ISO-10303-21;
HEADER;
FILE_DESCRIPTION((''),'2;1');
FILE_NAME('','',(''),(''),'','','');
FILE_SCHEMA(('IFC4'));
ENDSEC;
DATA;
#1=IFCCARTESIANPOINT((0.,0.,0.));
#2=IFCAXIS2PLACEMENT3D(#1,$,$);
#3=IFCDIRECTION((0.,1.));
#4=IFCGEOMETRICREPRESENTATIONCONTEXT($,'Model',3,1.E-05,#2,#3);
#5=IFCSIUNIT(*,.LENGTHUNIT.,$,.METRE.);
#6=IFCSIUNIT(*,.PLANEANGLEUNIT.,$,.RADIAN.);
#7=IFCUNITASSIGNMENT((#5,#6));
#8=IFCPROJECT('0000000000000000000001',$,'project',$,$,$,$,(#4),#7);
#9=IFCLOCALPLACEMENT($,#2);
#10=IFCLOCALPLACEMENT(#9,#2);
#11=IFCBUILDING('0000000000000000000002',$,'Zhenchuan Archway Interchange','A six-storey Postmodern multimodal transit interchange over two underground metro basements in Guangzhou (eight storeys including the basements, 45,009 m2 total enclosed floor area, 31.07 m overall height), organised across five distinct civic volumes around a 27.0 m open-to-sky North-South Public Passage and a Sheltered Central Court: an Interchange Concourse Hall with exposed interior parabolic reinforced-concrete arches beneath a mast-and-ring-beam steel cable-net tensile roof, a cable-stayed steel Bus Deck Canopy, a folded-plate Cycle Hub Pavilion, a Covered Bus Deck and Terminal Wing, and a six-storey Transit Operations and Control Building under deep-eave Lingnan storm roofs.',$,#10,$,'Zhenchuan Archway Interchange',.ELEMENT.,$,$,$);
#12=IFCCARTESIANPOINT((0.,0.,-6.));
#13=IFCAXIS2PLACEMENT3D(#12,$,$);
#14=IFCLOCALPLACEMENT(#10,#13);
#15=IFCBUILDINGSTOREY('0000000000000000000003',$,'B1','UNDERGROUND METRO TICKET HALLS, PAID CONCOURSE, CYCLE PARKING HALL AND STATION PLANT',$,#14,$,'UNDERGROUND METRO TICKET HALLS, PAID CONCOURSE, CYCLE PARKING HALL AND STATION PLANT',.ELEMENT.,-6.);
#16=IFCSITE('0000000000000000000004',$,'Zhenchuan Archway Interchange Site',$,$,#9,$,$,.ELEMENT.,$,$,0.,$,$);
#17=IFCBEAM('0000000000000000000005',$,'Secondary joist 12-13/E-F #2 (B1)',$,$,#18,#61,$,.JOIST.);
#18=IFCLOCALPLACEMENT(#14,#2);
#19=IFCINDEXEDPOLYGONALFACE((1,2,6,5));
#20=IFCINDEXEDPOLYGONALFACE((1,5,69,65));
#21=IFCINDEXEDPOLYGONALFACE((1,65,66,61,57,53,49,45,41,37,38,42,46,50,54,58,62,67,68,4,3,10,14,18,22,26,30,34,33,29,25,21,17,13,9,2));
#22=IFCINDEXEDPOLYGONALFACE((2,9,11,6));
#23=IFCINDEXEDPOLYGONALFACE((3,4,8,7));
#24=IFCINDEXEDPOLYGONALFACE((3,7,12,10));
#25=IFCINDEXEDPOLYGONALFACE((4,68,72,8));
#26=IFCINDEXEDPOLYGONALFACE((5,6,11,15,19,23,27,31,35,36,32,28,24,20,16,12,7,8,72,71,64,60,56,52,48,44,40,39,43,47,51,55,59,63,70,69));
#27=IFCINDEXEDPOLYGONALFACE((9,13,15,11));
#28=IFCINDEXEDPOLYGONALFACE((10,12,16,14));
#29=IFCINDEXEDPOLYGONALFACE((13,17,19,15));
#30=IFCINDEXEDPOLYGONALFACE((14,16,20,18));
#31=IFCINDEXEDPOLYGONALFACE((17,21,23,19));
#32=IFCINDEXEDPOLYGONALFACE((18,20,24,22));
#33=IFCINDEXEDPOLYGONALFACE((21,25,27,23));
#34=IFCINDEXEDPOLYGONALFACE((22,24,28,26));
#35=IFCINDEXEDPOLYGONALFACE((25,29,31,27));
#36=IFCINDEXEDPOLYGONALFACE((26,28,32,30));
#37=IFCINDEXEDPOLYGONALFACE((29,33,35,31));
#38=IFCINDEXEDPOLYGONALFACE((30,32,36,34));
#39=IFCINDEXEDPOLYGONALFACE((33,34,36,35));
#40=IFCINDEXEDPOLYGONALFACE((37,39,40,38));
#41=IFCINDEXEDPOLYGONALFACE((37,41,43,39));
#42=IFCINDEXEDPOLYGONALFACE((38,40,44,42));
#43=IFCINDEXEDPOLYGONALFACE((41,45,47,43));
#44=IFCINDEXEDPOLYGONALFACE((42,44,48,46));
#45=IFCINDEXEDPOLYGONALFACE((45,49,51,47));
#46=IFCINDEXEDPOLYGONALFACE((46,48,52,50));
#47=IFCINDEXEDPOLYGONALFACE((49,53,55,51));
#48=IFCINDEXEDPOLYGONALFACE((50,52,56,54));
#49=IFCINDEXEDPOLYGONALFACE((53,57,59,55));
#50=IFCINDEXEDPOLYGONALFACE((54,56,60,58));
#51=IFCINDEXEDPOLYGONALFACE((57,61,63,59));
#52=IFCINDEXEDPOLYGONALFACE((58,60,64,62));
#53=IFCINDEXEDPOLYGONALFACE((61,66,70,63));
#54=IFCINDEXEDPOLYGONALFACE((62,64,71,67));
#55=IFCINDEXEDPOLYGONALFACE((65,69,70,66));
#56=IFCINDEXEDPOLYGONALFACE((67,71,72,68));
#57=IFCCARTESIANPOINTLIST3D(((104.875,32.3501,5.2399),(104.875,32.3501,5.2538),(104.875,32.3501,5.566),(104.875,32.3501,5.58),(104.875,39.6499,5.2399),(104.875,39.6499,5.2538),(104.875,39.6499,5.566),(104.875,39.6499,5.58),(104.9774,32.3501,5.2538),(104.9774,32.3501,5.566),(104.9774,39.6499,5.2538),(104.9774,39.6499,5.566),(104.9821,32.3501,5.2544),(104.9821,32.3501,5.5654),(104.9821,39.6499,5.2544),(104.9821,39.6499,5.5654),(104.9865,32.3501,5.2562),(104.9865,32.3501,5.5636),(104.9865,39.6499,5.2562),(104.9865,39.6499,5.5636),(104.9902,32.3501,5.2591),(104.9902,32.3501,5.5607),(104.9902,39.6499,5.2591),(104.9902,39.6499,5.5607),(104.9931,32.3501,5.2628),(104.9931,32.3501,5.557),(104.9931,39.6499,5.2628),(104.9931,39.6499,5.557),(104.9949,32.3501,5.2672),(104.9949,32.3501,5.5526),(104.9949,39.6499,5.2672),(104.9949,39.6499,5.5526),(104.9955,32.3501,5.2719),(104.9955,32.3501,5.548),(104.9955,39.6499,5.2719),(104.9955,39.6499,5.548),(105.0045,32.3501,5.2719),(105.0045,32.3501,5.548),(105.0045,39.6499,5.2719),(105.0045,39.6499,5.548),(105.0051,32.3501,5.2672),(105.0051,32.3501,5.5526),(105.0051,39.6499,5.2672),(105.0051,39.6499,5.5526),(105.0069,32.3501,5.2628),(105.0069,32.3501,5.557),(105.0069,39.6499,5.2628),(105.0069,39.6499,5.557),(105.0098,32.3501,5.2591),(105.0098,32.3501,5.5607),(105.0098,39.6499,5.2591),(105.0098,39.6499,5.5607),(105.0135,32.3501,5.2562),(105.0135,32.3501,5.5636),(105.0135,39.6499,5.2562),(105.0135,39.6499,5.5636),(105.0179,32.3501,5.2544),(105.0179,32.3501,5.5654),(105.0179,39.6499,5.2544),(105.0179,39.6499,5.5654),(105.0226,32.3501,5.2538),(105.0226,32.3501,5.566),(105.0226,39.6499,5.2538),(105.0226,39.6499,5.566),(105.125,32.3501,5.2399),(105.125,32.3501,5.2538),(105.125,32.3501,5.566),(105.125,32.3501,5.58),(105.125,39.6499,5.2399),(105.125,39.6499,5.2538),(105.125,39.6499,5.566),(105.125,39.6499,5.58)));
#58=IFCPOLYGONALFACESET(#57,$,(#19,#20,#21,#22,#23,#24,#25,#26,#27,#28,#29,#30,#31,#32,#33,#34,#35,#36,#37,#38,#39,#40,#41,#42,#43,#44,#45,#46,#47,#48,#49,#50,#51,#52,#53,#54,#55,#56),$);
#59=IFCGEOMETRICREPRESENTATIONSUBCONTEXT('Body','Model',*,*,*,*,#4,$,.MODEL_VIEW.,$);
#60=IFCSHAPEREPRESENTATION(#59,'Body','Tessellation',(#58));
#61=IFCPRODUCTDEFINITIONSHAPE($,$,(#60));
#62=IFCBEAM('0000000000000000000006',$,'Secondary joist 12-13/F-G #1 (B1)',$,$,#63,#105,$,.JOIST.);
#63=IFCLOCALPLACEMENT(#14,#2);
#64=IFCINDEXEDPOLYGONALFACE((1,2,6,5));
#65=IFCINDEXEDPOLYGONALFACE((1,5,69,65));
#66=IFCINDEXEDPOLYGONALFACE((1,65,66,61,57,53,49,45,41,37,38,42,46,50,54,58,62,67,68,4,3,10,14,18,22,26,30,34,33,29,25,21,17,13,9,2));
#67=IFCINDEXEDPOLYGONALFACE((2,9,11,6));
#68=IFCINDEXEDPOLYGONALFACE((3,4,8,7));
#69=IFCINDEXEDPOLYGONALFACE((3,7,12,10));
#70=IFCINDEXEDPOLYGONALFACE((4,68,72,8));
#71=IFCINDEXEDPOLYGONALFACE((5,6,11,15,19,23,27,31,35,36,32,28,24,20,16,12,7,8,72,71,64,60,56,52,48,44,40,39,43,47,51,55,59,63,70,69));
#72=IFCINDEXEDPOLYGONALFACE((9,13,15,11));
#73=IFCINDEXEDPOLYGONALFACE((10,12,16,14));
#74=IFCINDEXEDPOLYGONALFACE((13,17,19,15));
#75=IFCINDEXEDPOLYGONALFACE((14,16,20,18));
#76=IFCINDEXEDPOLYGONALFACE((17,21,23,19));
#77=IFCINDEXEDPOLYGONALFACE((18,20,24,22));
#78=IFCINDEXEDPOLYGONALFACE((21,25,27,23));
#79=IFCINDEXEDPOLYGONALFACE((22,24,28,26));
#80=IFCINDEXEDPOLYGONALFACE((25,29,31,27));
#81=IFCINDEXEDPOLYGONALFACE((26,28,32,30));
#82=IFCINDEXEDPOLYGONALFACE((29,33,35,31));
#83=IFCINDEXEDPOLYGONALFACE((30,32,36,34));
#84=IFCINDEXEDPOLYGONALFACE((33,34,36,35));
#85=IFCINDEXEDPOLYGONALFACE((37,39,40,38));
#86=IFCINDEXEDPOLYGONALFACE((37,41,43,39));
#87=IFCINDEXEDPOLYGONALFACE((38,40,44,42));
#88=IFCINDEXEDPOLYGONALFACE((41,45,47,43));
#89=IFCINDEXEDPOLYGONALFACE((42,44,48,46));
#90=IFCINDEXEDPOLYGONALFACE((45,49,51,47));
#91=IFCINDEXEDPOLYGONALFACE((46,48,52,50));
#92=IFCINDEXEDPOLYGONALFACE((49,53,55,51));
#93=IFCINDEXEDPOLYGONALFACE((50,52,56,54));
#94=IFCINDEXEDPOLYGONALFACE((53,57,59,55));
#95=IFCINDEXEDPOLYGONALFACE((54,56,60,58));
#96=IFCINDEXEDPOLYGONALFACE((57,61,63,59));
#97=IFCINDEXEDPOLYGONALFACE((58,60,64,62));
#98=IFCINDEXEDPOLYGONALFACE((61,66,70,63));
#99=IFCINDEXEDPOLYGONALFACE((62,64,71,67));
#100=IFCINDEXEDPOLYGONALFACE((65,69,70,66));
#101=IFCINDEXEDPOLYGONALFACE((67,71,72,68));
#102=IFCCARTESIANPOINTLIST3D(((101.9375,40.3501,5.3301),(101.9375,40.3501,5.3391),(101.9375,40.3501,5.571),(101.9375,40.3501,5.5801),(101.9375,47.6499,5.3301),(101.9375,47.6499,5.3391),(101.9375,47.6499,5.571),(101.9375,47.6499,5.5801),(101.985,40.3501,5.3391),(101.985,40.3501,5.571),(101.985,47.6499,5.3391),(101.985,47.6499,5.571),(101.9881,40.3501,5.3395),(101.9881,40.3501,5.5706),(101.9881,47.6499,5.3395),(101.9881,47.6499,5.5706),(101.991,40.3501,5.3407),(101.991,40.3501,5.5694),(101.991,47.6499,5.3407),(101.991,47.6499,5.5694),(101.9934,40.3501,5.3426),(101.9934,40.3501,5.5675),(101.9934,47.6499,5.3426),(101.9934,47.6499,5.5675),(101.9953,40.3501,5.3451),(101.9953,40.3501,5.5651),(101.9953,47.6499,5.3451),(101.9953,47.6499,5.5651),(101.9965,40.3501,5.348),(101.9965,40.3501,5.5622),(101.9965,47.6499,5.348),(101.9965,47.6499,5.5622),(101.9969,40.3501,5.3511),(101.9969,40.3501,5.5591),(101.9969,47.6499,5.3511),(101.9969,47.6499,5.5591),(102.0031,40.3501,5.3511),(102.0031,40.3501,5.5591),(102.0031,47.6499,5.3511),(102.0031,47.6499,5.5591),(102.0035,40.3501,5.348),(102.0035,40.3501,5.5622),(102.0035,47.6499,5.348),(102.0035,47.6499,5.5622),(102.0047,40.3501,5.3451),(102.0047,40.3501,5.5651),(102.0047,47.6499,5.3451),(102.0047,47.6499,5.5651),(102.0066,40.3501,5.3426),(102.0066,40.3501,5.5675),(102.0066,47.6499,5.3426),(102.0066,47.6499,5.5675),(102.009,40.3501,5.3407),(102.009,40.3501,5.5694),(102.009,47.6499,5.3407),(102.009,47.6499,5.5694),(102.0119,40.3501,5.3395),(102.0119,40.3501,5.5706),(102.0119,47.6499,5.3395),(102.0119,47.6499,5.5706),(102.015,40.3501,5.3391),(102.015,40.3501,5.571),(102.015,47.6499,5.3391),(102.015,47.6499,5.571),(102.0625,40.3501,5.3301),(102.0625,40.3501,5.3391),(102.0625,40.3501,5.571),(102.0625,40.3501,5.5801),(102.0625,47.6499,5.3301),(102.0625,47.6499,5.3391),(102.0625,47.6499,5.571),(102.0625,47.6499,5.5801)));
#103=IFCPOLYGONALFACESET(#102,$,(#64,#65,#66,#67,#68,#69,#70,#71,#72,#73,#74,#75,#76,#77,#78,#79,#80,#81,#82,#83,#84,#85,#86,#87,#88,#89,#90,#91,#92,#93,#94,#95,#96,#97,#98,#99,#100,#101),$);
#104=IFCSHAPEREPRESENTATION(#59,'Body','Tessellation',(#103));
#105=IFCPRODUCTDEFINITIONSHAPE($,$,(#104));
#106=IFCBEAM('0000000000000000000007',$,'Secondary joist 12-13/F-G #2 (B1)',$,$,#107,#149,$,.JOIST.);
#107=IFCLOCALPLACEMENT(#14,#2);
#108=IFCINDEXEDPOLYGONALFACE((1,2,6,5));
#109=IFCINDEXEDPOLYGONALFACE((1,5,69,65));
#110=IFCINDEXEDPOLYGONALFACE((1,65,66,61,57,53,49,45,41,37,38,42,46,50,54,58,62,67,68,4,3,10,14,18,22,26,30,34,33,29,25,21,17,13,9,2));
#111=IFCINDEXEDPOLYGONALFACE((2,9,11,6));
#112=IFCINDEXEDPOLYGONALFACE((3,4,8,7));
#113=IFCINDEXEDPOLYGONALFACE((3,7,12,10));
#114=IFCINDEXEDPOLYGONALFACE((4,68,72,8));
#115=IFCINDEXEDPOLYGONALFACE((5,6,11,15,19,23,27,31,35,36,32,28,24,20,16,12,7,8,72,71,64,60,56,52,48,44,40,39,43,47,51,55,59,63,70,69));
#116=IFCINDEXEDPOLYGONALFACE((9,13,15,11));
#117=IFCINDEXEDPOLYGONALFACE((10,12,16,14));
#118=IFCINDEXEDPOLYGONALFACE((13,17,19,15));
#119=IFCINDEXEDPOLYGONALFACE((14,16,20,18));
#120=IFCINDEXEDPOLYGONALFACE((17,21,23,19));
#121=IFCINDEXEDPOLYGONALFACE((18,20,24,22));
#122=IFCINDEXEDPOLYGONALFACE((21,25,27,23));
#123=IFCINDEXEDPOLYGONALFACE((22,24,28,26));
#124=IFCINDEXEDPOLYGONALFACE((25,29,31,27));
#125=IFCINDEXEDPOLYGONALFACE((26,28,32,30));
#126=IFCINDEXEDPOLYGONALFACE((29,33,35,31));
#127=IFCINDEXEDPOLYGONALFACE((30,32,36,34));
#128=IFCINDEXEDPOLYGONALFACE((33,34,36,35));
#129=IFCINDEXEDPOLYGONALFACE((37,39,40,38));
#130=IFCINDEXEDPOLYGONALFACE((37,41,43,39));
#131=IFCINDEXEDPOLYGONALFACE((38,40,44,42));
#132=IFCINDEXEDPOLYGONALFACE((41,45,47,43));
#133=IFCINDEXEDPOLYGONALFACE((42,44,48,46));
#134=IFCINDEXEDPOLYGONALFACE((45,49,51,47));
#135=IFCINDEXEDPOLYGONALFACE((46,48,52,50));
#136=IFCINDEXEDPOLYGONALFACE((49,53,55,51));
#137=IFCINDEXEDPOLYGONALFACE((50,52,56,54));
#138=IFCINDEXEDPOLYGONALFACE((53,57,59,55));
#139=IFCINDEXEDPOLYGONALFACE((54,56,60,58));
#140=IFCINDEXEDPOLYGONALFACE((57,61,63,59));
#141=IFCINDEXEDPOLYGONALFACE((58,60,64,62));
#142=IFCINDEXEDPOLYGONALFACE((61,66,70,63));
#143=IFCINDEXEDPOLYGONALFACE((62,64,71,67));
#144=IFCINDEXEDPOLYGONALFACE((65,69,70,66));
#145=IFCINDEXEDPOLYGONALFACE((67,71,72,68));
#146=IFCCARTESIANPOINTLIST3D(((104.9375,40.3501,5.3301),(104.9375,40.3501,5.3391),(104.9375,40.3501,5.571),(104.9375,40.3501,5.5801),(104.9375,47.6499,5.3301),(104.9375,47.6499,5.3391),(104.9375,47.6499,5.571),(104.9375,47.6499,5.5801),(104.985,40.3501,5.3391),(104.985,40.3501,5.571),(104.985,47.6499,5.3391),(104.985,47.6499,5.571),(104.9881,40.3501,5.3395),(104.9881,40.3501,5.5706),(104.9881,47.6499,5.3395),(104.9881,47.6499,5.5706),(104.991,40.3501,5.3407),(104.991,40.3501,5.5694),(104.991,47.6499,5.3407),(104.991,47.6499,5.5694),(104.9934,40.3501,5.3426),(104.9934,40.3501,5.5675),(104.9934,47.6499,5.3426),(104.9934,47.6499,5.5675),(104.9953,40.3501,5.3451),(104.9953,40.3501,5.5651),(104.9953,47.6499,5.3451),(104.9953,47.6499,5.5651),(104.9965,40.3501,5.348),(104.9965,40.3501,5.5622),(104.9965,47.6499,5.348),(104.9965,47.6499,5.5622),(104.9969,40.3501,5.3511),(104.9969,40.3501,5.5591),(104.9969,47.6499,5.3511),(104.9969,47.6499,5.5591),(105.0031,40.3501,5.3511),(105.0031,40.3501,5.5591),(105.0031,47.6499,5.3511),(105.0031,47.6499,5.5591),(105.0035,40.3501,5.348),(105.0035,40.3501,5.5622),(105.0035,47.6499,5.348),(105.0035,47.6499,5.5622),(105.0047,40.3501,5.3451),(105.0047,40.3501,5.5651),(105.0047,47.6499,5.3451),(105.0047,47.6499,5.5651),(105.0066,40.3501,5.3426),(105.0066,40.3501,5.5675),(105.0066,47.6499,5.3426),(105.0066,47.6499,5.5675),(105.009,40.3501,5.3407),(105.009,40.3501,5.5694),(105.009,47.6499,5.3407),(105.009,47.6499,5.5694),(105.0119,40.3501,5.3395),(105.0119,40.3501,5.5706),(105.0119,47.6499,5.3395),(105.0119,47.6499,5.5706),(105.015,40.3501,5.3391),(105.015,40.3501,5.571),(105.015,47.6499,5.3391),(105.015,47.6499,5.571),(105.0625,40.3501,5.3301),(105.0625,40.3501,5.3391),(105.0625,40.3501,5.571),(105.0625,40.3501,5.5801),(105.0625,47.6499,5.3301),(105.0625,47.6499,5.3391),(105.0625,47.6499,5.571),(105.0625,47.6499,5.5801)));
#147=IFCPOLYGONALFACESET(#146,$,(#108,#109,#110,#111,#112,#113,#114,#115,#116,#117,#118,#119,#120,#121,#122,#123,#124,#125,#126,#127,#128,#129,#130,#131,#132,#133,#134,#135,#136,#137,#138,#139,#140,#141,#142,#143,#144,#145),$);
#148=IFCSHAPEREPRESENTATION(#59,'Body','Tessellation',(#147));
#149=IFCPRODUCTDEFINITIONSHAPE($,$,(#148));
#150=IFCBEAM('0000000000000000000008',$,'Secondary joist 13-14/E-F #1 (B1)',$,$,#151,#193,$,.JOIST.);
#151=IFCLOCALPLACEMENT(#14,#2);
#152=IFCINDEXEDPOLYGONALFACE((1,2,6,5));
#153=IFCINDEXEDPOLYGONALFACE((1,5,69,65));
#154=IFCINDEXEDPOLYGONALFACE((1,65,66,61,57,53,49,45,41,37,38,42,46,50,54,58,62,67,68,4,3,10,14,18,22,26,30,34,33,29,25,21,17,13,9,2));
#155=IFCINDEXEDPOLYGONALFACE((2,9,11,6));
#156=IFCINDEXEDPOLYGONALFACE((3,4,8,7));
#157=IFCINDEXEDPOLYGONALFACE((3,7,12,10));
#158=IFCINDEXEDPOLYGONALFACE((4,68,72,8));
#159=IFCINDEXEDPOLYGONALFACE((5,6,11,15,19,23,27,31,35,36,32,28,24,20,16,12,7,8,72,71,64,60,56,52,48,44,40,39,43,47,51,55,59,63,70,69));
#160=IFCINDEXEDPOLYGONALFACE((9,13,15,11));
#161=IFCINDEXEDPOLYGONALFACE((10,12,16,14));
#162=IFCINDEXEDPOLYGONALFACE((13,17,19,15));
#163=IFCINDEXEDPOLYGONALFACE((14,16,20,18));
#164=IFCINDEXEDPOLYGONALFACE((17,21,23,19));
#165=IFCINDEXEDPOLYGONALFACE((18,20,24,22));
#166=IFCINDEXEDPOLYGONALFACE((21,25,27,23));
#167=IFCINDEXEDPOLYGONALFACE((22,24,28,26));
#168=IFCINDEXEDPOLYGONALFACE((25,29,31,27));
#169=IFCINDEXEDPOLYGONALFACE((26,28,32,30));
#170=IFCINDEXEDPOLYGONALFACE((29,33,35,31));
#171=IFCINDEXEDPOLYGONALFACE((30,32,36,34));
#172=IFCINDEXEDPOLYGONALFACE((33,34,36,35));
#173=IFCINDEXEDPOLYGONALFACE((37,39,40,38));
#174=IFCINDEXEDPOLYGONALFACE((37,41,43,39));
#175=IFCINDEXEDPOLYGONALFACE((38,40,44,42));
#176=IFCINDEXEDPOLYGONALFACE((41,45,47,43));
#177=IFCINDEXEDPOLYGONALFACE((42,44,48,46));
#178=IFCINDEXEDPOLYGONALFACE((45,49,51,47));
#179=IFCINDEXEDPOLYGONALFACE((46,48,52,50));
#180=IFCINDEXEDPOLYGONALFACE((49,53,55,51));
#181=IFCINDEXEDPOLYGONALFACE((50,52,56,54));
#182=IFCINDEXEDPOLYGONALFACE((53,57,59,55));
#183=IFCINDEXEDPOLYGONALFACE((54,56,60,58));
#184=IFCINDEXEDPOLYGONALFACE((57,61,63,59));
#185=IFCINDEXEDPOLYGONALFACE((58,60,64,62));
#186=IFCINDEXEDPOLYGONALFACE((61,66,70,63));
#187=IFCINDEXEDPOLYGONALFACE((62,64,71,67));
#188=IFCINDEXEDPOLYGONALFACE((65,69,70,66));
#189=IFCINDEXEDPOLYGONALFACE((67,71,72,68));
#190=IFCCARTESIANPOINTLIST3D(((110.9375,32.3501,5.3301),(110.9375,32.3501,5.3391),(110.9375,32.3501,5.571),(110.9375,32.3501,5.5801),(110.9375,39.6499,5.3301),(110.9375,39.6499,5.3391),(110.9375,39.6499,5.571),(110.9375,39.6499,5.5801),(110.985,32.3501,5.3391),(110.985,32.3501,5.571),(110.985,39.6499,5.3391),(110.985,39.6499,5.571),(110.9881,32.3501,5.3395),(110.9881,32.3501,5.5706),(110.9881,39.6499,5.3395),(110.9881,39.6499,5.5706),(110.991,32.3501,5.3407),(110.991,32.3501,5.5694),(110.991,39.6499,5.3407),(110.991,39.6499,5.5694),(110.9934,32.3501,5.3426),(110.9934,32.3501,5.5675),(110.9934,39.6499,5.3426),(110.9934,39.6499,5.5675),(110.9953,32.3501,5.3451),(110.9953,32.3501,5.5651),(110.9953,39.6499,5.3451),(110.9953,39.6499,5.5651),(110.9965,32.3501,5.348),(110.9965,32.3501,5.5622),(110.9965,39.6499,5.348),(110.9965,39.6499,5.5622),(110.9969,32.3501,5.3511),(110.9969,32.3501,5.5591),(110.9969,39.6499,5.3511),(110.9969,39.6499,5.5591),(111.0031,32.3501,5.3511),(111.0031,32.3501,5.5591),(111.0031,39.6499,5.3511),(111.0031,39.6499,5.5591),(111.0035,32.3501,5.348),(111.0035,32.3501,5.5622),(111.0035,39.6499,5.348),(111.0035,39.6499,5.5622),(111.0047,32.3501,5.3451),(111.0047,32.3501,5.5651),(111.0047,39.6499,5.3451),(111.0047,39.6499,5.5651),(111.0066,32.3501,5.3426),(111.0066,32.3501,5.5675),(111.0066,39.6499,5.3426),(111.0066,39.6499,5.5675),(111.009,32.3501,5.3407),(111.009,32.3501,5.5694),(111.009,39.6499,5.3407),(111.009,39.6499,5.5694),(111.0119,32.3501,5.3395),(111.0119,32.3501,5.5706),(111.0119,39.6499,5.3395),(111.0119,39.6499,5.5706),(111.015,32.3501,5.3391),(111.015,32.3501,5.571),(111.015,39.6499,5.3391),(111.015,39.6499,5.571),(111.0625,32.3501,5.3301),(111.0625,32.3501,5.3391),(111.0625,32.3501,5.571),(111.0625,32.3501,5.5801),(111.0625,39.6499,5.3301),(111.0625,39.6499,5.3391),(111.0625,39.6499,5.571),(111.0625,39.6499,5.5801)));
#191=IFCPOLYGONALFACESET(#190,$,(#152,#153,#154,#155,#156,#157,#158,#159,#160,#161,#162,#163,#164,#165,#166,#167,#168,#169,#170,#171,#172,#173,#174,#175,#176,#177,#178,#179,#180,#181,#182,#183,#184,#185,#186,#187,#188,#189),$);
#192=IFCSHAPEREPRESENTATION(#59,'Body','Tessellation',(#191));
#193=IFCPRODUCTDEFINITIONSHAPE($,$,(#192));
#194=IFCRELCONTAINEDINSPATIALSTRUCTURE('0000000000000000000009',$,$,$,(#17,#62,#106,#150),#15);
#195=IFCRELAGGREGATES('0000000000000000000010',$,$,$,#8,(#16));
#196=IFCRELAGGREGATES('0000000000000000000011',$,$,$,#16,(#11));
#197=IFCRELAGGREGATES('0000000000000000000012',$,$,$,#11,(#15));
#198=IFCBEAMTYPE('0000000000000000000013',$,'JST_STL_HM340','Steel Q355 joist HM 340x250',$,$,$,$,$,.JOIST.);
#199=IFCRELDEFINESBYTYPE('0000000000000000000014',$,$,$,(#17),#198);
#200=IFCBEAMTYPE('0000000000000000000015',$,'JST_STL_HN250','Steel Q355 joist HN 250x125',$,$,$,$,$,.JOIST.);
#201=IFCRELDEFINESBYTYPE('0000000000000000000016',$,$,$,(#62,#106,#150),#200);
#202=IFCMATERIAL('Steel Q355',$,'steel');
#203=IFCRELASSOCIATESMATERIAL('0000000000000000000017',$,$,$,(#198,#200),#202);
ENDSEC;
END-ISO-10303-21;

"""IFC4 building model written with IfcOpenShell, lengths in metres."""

from ifc_helpers import new_model, si_unit, direction, frame, origin, origin_2d, place, context, subcontext, project, spatial, i_section, extrude, material, material_profile, profile_set, type_object, element, save


model = new_model("IFC4")

# Units and contexts
model_context = context("Model", 3, precision=1e-05, world=origin(), true_north=direction((0.0, 1.0)))
body_context = subcontext(model_context, "Body", "Model", "MODEL_VIEW")
ifc_project = project(units=[si_unit("LENGTHUNIT", "METRE"), si_unit("PLANEANGLEUNIT", "RADIAN")], contexts=[model_context])

# Site, building, storey
site_placement = place(None, origin())
site = spatial("IfcSite", under=ifc_project, at=site_placement, Name="Zhenchuan Archway Interchange Site", CompositionType="ELEMENT", RefElevation=0.0)
building_placement = place(site_placement, origin())
building = spatial("IfcBuilding", under=site, at=building_placement, Name="Zhenchuan Archway Interchange", Description="A six-storey Postmodern multimodal transit interchange over two underground metro basements in Guangzhou (eight storeys including the basements, 45,009 m2 total enclosed floor area, 31.07 m overall height), organised across five distinct civic volumes around a 27.0 m open-to-sky North-South Public Passage and a Sheltered Central Court: an Interchange Concourse Hall with exposed interior parabolic reinforced-concrete arches beneath a mast-and-ring-beam steel cable-net tensile roof, a cable-stayed steel Bus Deck Canopy, a folded-plate Cycle Hub Pavilion, a Covered Bus Deck and Terminal Wing, and a six-storey Transit Operations and Control Building under deep-eave Lingnan storm roofs.", LongName="Zhenchuan Archway Interchange", CompositionType="ELEMENT")
storey_placement = place(building_placement, frame((0.0, 0.0, -6.0)))
storey = spatial("IfcBuildingStorey", under=building, at=storey_placement, Name="B1", Description="UNDERGROUND METRO TICKET HALLS, PAID CONCOURSE, CYCLE PARKING HALL AND STATION PLANT", LongName="UNDERGROUND METRO TICKET HALLS, PAID CONCOURSE, CYCLE PARKING HALL AND STATION PLANT", CompositionType="ELEMENT", Elevation=-6.0)

# Beams
ifc_material_1 = material(Name="Steel Q355", Category="steel")
ifc_material_profile_1 = material_profile(ifc_material_1, i_section(OverallWidth=0.25, OverallDepth=0.3401, WebThickness=0.009, FlangeThickness=0.0139, FilletRadius=0.0181, at=origin_2d()), Name="HM 340x250")
ifc_profile_set_1 = profile_set([ifc_material_profile_1], Name="Steel Q355")
beam_type_1 = type_object("IfcBeamType", Name="JST_STL_HM340", Description="Steel Q355 joist HM 340x250", PredefinedType="JOIST", material=ifc_profile_set_1)
beam_1_placement = place(storey_placement, frame((105.0, 32.3501, 5.4099), z_axis=(0.0, 1.0, 0.0), x_axis=(-1.0, 0.0, 0.0)))
element("IfcBeam", 1, at=beam_1_placement, inside=storey, type_object=beam_type_1, Name="Secondary joist 12-13/E-F #2 (B1)", PredefinedType="JOIST", context=body_context, shape_type="SweptSolid", body=[
    extrude(i_section(OverallWidth=0.25, OverallDepth=0.3401, WebThickness=0.009, FlangeThickness=0.0139, FilletRadius=0.0181, at=origin_2d()), origin(), (0.0, 0.0, 1.0), 7.2998),
])
ifc_material_profile_2 = material_profile(ifc_material_1, i_section(OverallWidth=0.125, OverallDepth=0.25, WebThickness=0.0061, FlangeThickness=0.009, FilletRadius=0.012, at=origin_2d()), Name="HN 250x125")
ifc_profile_set_2 = profile_set([ifc_material_profile_2], Name="Steel Q355")
beam_type_2 = type_object("IfcBeamType", Name="JST_STL_HN250", Description="Steel Q355 joist HN 250x125", PredefinedType="JOIST", material=ifc_profile_set_2)
for number, where, z_axis, x_axis, name in (
    (2, (102.0, 40.3501, 5.4551), (0.0, 1.0, 0.0), (-1.0, 0.0, 0.0), "Secondary joist 12-13/F-G #1 (B1)"),
    (3, (105.0, 40.3501, 5.4551), (0.0, 1.0, 0.0), (-1.0, 0.0, 0.0), "Secondary joist 12-13/F-G #2 (B1)"),
    (4, (111.0, 32.3501, 5.4551), (0.0, 1.0, 0.0), (-1.0, 0.0, 0.0), "Secondary joist 13-14/E-F #1 (B1)"),
):
    element("IfcBeam", number, at=place(storey_placement, frame(where, z_axis=z_axis, x_axis=x_axis)), inside=storey, type_object=beam_type_2, Name=name, PredefinedType="JOIST", context=body_context, shape_type="SweptSolid", body=[
        extrude(i_section(OverallWidth=0.125, OverallDepth=0.25, WebThickness=0.0061, FlangeThickness=0.009, FilletRadius=0.012, at=origin_2d()), origin(), (0.0, 0.0, 1.0), 7.2998),
    ])

save(model, "model.ifc")
